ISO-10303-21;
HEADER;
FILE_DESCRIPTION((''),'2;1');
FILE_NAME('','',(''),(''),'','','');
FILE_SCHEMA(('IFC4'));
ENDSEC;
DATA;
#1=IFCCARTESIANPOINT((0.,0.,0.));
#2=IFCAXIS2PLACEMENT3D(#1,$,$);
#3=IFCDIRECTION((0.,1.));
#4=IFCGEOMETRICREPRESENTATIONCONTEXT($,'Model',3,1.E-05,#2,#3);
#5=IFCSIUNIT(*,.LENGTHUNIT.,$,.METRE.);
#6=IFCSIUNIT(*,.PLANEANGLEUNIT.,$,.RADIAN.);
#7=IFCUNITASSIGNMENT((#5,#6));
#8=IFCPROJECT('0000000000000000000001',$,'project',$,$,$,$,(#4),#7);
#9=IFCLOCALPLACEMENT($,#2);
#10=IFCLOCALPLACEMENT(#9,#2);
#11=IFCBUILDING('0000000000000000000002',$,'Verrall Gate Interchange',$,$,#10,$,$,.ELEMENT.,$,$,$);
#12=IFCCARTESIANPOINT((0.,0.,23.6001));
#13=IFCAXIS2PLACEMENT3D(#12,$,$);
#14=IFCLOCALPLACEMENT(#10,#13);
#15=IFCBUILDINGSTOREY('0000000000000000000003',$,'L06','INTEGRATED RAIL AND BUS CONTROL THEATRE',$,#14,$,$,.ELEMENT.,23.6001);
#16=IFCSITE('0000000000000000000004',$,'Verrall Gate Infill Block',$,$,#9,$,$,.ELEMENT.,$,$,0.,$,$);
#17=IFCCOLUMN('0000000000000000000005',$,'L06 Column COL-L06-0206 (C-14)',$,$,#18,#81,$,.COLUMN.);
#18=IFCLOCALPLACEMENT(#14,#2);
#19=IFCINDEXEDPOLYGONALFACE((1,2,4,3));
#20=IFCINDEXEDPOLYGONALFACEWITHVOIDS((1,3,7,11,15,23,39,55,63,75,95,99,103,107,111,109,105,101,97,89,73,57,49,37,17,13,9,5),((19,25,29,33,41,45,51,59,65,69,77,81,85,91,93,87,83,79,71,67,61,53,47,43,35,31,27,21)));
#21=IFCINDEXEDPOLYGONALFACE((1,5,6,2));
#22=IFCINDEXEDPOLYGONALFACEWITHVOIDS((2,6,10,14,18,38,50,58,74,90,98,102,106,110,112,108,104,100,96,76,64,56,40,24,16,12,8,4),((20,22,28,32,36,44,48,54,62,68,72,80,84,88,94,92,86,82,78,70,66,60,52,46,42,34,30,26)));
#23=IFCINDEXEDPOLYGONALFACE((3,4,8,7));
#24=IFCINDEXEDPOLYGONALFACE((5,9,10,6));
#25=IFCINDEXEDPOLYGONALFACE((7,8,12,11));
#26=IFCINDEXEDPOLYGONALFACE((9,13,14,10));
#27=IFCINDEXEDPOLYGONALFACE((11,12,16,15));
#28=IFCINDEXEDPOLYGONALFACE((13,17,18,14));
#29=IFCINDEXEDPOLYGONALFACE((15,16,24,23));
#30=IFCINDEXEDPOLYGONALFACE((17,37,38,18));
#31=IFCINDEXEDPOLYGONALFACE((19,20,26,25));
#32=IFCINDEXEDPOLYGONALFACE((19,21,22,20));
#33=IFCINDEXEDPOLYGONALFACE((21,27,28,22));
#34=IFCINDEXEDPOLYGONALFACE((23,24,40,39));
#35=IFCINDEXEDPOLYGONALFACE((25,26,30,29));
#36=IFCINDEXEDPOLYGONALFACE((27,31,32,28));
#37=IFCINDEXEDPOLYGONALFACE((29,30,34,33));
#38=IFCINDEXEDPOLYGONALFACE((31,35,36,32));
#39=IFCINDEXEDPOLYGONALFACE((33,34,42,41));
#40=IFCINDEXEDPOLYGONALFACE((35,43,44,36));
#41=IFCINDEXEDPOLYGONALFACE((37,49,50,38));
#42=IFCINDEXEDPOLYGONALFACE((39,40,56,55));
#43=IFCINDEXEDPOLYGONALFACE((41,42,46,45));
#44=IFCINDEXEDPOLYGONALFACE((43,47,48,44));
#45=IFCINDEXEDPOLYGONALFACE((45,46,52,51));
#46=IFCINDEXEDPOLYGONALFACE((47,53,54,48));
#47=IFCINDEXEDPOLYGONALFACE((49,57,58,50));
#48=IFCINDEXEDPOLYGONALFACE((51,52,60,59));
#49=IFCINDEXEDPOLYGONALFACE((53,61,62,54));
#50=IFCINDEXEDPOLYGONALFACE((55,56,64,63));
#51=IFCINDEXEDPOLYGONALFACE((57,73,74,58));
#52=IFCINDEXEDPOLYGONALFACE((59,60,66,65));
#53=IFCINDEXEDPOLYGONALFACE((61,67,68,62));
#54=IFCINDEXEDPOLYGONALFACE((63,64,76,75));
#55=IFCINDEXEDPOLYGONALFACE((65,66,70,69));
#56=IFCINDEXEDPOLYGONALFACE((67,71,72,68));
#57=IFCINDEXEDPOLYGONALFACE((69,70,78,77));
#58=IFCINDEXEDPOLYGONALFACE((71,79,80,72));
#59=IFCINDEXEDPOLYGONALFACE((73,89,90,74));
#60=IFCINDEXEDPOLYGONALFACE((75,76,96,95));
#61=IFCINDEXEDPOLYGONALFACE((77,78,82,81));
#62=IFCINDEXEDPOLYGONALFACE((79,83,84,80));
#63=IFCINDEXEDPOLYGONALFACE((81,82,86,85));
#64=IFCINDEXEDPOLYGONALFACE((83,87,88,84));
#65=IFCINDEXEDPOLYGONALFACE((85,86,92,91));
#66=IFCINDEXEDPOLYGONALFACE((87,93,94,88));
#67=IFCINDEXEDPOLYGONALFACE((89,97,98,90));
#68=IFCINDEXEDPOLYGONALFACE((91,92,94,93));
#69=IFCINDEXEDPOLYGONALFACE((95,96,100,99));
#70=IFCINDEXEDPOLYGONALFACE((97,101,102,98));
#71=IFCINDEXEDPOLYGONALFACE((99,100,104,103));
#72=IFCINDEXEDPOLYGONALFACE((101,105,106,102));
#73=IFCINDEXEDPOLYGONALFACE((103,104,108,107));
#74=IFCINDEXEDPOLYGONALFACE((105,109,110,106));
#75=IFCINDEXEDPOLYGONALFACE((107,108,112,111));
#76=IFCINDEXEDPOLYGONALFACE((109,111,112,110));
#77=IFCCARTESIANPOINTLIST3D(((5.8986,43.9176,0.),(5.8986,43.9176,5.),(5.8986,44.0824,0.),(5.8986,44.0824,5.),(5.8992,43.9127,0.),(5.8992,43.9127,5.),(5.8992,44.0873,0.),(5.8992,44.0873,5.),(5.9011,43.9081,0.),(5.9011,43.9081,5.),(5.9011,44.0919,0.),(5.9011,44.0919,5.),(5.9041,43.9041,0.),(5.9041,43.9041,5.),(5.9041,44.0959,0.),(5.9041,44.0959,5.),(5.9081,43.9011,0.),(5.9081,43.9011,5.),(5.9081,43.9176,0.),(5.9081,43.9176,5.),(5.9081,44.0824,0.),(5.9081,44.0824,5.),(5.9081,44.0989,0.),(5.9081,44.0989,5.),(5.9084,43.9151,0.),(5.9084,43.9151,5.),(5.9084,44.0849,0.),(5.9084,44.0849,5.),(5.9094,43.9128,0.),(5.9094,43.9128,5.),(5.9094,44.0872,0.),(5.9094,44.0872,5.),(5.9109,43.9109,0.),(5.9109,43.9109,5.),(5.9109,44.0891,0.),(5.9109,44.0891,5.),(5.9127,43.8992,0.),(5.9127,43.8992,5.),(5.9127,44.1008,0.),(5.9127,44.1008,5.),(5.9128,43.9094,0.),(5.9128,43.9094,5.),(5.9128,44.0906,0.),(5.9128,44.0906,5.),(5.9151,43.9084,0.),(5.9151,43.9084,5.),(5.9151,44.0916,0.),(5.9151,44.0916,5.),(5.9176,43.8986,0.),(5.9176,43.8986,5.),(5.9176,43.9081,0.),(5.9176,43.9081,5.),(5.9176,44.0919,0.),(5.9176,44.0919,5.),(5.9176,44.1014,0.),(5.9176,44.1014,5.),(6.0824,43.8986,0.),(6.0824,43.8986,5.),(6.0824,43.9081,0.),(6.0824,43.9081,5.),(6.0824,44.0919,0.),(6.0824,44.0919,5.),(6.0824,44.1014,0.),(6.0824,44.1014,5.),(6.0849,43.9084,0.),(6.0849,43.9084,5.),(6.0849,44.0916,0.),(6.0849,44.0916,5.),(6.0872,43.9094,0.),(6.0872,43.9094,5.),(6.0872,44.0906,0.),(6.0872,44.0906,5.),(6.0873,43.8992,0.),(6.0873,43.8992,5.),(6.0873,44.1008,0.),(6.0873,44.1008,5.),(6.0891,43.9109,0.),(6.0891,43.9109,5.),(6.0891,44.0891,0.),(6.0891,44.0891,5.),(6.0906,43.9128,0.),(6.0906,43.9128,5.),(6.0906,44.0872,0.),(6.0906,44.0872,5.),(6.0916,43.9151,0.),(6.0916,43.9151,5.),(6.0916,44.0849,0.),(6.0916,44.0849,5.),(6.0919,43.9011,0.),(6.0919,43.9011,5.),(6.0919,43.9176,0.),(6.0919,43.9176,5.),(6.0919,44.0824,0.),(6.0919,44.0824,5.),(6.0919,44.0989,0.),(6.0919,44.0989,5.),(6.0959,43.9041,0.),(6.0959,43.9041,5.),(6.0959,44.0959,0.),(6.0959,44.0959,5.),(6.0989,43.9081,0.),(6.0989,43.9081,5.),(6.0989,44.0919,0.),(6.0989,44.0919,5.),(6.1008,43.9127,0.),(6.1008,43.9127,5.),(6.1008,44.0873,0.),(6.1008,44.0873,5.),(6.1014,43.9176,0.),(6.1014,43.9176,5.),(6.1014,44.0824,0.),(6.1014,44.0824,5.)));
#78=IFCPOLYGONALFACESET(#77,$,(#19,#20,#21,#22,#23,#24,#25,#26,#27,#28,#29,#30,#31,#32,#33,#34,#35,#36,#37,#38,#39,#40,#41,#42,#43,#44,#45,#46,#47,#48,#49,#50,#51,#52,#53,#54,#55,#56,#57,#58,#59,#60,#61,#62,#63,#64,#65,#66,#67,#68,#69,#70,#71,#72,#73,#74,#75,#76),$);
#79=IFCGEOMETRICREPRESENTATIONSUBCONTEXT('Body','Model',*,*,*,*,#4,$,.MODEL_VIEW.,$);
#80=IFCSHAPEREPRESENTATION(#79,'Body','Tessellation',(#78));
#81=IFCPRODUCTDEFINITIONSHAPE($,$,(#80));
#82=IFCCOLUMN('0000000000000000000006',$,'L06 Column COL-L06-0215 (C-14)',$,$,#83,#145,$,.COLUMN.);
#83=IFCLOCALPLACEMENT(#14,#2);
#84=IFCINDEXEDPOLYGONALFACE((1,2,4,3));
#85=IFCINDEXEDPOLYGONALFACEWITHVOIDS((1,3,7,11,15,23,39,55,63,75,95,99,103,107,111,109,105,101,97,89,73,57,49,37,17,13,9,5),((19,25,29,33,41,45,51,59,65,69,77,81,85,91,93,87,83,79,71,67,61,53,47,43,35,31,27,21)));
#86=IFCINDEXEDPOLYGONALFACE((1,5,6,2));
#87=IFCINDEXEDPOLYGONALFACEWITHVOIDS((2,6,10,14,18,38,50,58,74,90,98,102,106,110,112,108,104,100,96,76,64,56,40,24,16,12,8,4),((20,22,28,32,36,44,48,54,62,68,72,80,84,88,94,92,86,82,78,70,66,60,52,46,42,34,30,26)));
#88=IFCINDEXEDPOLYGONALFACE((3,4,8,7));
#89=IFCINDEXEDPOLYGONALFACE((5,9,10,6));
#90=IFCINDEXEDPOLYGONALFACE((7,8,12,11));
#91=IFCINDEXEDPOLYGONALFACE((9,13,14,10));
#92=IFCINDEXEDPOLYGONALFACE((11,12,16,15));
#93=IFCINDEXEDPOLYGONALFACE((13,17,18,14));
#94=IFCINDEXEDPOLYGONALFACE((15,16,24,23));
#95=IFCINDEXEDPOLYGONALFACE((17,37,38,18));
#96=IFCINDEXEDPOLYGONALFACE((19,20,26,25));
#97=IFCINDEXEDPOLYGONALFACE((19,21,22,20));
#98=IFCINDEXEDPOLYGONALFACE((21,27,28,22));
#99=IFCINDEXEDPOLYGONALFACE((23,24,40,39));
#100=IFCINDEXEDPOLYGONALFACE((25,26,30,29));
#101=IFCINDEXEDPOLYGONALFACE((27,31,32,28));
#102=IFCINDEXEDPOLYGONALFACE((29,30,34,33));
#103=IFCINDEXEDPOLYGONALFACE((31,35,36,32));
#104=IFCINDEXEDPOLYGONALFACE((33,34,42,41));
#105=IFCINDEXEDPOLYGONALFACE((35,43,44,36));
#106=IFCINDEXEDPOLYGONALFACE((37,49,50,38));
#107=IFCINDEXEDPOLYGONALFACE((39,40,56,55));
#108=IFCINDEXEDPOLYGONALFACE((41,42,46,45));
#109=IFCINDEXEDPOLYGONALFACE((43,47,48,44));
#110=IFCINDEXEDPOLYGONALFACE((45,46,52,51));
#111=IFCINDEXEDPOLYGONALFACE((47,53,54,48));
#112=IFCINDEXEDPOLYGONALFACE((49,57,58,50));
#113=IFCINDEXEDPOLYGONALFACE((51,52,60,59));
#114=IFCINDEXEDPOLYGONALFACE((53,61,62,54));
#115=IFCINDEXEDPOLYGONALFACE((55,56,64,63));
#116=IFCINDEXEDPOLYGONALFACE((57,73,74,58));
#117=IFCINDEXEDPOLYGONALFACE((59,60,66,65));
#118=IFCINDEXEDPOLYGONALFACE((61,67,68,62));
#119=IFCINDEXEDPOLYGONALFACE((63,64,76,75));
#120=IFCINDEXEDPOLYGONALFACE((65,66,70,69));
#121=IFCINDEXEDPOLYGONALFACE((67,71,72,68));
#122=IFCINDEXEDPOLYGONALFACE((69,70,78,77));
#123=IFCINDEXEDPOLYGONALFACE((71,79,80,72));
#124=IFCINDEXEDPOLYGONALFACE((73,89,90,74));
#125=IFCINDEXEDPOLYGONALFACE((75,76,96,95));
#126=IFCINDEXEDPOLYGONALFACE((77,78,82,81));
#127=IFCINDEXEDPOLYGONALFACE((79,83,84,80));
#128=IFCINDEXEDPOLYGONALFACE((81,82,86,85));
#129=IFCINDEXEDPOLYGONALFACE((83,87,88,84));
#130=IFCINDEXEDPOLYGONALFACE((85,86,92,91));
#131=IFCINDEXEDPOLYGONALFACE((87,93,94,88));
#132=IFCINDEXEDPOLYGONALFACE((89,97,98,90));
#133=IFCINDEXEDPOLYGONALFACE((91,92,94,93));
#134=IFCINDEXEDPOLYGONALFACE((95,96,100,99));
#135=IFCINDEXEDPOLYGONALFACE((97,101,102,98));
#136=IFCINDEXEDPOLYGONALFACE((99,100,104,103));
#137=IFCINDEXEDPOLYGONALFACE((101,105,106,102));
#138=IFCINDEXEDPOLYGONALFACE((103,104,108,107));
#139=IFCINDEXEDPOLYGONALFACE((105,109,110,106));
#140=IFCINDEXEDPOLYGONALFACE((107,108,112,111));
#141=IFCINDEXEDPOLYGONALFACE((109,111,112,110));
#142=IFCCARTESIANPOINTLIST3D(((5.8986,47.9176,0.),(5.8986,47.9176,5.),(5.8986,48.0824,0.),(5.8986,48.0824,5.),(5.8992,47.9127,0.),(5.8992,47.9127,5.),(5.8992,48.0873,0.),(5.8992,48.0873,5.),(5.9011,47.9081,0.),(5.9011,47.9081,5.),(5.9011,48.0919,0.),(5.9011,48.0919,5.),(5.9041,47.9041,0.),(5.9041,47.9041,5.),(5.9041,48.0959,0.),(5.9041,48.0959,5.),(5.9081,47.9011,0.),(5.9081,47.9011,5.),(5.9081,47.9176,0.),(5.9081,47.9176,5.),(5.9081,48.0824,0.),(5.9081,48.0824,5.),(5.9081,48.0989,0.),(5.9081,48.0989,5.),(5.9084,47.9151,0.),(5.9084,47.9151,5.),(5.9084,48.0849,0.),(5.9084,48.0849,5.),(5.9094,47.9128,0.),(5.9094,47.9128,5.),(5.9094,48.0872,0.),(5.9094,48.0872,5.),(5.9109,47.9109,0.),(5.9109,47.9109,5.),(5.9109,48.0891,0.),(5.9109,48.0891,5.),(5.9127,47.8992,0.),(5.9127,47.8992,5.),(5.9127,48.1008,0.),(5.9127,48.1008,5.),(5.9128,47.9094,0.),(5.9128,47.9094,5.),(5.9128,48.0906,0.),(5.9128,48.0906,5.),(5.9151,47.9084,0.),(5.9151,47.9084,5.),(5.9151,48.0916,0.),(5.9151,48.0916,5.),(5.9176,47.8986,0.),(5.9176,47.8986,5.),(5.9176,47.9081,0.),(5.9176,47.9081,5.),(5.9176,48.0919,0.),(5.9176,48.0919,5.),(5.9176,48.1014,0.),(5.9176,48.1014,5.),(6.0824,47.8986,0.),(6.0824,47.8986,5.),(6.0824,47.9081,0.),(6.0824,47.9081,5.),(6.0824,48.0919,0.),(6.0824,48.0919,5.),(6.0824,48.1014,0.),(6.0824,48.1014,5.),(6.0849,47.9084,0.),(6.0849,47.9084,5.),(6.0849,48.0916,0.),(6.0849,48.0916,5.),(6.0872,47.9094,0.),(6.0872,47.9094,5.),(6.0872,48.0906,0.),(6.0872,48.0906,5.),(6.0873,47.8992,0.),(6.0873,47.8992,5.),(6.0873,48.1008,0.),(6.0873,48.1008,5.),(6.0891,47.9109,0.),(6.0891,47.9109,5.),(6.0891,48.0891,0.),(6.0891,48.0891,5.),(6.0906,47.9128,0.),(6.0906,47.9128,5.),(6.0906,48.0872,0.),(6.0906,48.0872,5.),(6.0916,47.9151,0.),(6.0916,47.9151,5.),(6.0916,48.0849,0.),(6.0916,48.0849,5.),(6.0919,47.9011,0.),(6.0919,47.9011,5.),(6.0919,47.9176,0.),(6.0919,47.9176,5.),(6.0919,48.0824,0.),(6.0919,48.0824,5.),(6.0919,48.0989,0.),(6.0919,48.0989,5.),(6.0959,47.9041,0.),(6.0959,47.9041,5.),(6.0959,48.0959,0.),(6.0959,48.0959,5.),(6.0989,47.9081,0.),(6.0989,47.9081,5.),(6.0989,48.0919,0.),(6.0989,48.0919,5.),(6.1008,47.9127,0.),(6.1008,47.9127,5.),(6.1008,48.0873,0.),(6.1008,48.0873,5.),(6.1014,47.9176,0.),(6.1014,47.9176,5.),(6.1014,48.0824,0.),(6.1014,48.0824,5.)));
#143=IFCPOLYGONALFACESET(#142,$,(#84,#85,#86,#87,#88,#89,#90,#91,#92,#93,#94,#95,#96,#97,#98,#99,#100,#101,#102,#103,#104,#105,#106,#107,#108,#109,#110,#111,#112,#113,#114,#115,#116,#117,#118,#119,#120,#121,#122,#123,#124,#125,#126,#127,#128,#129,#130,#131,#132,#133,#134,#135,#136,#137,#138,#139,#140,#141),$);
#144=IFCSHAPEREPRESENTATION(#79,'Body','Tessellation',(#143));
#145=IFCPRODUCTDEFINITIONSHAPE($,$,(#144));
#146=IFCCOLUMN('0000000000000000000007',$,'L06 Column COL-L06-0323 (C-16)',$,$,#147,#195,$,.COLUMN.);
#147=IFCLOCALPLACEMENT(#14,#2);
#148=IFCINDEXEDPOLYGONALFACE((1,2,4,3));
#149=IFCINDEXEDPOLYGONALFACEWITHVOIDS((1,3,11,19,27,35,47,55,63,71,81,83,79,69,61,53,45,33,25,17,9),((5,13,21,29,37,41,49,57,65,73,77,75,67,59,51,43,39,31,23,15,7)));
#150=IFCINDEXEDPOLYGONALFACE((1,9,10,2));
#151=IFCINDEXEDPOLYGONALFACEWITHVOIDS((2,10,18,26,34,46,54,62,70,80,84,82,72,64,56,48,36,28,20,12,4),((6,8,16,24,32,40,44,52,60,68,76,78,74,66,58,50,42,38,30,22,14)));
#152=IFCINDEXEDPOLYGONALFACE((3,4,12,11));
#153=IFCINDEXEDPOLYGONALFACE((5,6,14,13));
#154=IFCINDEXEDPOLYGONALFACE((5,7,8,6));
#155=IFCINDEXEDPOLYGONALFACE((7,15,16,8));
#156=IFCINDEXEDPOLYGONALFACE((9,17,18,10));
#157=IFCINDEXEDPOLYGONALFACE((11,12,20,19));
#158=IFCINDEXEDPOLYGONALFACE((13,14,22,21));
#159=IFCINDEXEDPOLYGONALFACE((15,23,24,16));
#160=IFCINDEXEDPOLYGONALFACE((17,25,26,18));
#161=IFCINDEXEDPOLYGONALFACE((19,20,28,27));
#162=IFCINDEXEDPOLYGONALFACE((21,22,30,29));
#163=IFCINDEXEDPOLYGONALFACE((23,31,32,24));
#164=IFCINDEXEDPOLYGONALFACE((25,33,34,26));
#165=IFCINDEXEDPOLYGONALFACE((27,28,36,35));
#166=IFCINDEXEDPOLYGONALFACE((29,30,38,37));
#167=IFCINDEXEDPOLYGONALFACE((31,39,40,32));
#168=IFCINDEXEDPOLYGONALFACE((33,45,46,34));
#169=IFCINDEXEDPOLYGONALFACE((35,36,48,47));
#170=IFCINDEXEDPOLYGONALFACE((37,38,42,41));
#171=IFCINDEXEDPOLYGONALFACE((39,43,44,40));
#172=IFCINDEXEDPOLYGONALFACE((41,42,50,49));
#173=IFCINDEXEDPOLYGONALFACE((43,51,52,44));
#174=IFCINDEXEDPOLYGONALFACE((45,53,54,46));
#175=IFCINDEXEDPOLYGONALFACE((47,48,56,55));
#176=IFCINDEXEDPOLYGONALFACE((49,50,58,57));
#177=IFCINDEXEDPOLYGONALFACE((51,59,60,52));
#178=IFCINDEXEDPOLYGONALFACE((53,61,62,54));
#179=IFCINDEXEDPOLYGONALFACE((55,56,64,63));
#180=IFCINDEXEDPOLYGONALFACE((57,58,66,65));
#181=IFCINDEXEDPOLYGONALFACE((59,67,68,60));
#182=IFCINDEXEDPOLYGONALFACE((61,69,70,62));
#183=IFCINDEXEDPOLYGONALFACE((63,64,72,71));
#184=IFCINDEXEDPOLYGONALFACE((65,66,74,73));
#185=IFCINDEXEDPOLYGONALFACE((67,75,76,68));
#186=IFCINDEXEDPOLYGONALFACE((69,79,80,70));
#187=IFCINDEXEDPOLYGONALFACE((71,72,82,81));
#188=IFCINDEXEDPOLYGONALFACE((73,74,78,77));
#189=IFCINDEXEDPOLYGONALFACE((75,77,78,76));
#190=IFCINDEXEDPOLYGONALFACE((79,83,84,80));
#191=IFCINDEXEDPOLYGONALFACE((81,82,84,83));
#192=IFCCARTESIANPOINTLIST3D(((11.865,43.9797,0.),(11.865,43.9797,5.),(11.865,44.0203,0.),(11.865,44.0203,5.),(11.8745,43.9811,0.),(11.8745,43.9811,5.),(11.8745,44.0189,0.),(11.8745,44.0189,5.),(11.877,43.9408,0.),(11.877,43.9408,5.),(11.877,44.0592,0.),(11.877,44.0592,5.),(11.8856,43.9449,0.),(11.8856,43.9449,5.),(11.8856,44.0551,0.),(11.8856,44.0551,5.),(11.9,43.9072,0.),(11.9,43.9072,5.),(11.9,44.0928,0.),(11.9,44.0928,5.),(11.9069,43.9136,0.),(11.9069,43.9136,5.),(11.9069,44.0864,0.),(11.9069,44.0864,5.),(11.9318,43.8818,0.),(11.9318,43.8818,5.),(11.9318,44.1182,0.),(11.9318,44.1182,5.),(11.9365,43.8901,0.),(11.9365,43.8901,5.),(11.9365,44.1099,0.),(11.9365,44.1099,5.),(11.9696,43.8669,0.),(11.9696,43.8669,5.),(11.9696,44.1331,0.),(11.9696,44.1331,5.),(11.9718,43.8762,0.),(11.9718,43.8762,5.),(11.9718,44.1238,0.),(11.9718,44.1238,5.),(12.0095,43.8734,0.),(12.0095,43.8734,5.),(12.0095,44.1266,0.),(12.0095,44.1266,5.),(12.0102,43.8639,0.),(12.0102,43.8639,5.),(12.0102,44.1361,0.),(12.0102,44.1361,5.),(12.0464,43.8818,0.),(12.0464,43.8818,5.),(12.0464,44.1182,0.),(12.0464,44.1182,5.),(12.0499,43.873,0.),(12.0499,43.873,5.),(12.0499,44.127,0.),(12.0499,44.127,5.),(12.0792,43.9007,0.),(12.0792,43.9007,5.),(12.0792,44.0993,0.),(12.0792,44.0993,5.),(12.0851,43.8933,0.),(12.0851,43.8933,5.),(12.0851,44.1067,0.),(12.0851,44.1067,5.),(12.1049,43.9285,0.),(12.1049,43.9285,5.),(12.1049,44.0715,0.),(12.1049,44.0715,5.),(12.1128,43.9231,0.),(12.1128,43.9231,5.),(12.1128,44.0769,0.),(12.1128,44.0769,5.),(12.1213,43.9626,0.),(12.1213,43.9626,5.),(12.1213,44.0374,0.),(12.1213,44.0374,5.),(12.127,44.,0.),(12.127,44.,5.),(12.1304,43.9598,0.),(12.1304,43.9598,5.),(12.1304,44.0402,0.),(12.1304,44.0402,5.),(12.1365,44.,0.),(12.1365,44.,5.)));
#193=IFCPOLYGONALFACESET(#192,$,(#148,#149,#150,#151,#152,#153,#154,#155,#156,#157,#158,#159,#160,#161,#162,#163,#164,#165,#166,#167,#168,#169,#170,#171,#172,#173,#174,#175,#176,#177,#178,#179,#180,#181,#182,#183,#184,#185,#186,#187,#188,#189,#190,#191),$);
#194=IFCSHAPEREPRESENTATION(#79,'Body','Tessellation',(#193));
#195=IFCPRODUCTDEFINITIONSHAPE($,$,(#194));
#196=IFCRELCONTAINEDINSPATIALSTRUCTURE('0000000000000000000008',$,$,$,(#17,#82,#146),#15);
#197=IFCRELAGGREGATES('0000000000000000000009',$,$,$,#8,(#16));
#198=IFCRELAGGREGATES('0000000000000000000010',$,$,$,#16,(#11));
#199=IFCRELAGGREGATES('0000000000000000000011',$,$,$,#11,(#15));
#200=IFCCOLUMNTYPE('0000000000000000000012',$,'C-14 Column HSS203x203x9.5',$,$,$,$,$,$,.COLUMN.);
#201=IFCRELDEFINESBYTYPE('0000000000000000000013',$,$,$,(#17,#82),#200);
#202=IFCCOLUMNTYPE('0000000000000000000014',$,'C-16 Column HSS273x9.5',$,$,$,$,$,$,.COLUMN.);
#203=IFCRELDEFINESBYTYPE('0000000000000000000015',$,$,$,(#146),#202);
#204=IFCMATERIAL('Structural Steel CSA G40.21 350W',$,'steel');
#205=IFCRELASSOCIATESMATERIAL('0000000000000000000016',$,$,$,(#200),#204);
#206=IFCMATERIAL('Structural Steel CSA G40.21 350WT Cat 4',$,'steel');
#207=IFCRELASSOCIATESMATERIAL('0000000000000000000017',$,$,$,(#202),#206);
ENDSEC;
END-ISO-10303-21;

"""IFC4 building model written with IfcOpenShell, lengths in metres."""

from ifc_helpers import new_model, si_unit, direction, frame, origin, origin_2d, place, context, subcontext, project, spatial, hollow_rectangle, hollow_circle, extrude, material, material_profile, profile_set, type_object, element, save


model = new_model("IFC4")

# Units and contexts
model_context = context("Model", 3, precision=1e-05, world=origin(), true_north=direction((0.0, 1.0)))
body_context = subcontext(model_context, "Body", "Model", "MODEL_VIEW")
ifc_project = project(units=[si_unit("LENGTHUNIT", "METRE"), si_unit("PLANEANGLEUNIT", "RADIAN")], contexts=[model_context])

# Site, building, storey
site_placement = place(None, origin())
site = spatial("IfcSite", under=ifc_project, at=site_placement, Name="Verrall Gate Infill Block", CompositionType="ELEMENT", RefElevation=0.0)
building_placement = place(site_placement, origin())
building = spatial("IfcBuilding", under=site, at=building_placement, Name="Verrall Gate Interchange", CompositionType="ELEMENT")
storey_placement = place(building_placement, frame((0.0, 0.0, 23.6001)))
storey = spatial("IfcBuildingStorey", under=building, at=storey_placement, Name="L06", Description="INTEGRATED RAIL AND BUS CONTROL THEATRE", CompositionType="ELEMENT", Elevation=23.6001)

# Columns
ifc_material_1 = material(Name="Structural Steel CSA G40.21 350W", Category="steel")
ifc_material_profile_1 = material_profile(ifc_material_1, hollow_rectangle(XDim=0.2029, YDim=0.2029, WallThickness=0.0095, InnerFilletRadius=0.0095, OuterFilletRadius=0.019, at=origin_2d()), Name="HSS203x203x9.5")
ifc_profile_set_1 = profile_set([ifc_material_profile_1], Name="Structural Steel CSA G40.21 350W")
column_type_1 = type_object("IfcColumnType", Name="C-14 Column HSS203x203x9.5", PredefinedType="COLUMN", material=ifc_profile_set_1)
for number, where, z_axis, x_axis, name in (
    (1, (6.0, 44.0, 0.0), (0.0, 0.0, 1.0), (1.0, 0.0, 0.0), "L06 Column COL-L06-0206 (C-14)"),
    (2, (6.0, 48.0, 0.0), (0.0, 0.0, 1.0), (1.0, 0.0, 0.0), "L06 Column COL-L06-0215 (C-14)"),
):
    element("IfcColumn", number, at=place(storey_placement, frame(where, z_axis=z_axis, x_axis=x_axis)), inside=storey, type_object=column_type_1, Name=name, PredefinedType="COLUMN", context=body_context, shape_type="SweptSolid", body=[
        extrude(hollow_rectangle(XDim=0.2029, YDim=0.2029, WallThickness=0.0095, InnerFilletRadius=0.0095, OuterFilletRadius=0.019, at=origin_2d()), origin(), (0.0, 0.0, 1.0), 5.0),
    ])
ifc_material_2 = material(Name="Structural Steel CSA G40.21 350WT Cat 4", Category="steel")
ifc_material_profile_2 = material_profile(ifc_material_2, hollow_circle(Radius=0.1365, WallThickness=0.0095, at=origin_2d()), Name="HSS273x9.5")
ifc_profile_set_2 = profile_set([ifc_material_profile_2], Name="Structural Steel CSA G40.21 350WT Cat 4")
column_type_2 = type_object("IfcColumnType", Name="C-16 Column HSS273x9.5", PredefinedType="COLUMN", material=ifc_profile_set_2)
column_placement = place(storey_placement, frame((12.0, 44.0, 0.0), z_axis=(0.0, 0.0, 1.0), x_axis=(1.0, 0.0, 0.0)))
element("IfcColumn", 3, at=column_placement, inside=storey, type_object=column_type_2, Name="L06 Column COL-L06-0323 (C-16)", PredefinedType="COLUMN", context=body_context, shape_type="SweptSolid", body=[
    extrude(hollow_circle(Radius=0.1365, WallThickness=0.0095, at=origin_2d()), origin(), (0.0, 0.0, 1.0), 5.0),
])

save(model, "model.ifc")
